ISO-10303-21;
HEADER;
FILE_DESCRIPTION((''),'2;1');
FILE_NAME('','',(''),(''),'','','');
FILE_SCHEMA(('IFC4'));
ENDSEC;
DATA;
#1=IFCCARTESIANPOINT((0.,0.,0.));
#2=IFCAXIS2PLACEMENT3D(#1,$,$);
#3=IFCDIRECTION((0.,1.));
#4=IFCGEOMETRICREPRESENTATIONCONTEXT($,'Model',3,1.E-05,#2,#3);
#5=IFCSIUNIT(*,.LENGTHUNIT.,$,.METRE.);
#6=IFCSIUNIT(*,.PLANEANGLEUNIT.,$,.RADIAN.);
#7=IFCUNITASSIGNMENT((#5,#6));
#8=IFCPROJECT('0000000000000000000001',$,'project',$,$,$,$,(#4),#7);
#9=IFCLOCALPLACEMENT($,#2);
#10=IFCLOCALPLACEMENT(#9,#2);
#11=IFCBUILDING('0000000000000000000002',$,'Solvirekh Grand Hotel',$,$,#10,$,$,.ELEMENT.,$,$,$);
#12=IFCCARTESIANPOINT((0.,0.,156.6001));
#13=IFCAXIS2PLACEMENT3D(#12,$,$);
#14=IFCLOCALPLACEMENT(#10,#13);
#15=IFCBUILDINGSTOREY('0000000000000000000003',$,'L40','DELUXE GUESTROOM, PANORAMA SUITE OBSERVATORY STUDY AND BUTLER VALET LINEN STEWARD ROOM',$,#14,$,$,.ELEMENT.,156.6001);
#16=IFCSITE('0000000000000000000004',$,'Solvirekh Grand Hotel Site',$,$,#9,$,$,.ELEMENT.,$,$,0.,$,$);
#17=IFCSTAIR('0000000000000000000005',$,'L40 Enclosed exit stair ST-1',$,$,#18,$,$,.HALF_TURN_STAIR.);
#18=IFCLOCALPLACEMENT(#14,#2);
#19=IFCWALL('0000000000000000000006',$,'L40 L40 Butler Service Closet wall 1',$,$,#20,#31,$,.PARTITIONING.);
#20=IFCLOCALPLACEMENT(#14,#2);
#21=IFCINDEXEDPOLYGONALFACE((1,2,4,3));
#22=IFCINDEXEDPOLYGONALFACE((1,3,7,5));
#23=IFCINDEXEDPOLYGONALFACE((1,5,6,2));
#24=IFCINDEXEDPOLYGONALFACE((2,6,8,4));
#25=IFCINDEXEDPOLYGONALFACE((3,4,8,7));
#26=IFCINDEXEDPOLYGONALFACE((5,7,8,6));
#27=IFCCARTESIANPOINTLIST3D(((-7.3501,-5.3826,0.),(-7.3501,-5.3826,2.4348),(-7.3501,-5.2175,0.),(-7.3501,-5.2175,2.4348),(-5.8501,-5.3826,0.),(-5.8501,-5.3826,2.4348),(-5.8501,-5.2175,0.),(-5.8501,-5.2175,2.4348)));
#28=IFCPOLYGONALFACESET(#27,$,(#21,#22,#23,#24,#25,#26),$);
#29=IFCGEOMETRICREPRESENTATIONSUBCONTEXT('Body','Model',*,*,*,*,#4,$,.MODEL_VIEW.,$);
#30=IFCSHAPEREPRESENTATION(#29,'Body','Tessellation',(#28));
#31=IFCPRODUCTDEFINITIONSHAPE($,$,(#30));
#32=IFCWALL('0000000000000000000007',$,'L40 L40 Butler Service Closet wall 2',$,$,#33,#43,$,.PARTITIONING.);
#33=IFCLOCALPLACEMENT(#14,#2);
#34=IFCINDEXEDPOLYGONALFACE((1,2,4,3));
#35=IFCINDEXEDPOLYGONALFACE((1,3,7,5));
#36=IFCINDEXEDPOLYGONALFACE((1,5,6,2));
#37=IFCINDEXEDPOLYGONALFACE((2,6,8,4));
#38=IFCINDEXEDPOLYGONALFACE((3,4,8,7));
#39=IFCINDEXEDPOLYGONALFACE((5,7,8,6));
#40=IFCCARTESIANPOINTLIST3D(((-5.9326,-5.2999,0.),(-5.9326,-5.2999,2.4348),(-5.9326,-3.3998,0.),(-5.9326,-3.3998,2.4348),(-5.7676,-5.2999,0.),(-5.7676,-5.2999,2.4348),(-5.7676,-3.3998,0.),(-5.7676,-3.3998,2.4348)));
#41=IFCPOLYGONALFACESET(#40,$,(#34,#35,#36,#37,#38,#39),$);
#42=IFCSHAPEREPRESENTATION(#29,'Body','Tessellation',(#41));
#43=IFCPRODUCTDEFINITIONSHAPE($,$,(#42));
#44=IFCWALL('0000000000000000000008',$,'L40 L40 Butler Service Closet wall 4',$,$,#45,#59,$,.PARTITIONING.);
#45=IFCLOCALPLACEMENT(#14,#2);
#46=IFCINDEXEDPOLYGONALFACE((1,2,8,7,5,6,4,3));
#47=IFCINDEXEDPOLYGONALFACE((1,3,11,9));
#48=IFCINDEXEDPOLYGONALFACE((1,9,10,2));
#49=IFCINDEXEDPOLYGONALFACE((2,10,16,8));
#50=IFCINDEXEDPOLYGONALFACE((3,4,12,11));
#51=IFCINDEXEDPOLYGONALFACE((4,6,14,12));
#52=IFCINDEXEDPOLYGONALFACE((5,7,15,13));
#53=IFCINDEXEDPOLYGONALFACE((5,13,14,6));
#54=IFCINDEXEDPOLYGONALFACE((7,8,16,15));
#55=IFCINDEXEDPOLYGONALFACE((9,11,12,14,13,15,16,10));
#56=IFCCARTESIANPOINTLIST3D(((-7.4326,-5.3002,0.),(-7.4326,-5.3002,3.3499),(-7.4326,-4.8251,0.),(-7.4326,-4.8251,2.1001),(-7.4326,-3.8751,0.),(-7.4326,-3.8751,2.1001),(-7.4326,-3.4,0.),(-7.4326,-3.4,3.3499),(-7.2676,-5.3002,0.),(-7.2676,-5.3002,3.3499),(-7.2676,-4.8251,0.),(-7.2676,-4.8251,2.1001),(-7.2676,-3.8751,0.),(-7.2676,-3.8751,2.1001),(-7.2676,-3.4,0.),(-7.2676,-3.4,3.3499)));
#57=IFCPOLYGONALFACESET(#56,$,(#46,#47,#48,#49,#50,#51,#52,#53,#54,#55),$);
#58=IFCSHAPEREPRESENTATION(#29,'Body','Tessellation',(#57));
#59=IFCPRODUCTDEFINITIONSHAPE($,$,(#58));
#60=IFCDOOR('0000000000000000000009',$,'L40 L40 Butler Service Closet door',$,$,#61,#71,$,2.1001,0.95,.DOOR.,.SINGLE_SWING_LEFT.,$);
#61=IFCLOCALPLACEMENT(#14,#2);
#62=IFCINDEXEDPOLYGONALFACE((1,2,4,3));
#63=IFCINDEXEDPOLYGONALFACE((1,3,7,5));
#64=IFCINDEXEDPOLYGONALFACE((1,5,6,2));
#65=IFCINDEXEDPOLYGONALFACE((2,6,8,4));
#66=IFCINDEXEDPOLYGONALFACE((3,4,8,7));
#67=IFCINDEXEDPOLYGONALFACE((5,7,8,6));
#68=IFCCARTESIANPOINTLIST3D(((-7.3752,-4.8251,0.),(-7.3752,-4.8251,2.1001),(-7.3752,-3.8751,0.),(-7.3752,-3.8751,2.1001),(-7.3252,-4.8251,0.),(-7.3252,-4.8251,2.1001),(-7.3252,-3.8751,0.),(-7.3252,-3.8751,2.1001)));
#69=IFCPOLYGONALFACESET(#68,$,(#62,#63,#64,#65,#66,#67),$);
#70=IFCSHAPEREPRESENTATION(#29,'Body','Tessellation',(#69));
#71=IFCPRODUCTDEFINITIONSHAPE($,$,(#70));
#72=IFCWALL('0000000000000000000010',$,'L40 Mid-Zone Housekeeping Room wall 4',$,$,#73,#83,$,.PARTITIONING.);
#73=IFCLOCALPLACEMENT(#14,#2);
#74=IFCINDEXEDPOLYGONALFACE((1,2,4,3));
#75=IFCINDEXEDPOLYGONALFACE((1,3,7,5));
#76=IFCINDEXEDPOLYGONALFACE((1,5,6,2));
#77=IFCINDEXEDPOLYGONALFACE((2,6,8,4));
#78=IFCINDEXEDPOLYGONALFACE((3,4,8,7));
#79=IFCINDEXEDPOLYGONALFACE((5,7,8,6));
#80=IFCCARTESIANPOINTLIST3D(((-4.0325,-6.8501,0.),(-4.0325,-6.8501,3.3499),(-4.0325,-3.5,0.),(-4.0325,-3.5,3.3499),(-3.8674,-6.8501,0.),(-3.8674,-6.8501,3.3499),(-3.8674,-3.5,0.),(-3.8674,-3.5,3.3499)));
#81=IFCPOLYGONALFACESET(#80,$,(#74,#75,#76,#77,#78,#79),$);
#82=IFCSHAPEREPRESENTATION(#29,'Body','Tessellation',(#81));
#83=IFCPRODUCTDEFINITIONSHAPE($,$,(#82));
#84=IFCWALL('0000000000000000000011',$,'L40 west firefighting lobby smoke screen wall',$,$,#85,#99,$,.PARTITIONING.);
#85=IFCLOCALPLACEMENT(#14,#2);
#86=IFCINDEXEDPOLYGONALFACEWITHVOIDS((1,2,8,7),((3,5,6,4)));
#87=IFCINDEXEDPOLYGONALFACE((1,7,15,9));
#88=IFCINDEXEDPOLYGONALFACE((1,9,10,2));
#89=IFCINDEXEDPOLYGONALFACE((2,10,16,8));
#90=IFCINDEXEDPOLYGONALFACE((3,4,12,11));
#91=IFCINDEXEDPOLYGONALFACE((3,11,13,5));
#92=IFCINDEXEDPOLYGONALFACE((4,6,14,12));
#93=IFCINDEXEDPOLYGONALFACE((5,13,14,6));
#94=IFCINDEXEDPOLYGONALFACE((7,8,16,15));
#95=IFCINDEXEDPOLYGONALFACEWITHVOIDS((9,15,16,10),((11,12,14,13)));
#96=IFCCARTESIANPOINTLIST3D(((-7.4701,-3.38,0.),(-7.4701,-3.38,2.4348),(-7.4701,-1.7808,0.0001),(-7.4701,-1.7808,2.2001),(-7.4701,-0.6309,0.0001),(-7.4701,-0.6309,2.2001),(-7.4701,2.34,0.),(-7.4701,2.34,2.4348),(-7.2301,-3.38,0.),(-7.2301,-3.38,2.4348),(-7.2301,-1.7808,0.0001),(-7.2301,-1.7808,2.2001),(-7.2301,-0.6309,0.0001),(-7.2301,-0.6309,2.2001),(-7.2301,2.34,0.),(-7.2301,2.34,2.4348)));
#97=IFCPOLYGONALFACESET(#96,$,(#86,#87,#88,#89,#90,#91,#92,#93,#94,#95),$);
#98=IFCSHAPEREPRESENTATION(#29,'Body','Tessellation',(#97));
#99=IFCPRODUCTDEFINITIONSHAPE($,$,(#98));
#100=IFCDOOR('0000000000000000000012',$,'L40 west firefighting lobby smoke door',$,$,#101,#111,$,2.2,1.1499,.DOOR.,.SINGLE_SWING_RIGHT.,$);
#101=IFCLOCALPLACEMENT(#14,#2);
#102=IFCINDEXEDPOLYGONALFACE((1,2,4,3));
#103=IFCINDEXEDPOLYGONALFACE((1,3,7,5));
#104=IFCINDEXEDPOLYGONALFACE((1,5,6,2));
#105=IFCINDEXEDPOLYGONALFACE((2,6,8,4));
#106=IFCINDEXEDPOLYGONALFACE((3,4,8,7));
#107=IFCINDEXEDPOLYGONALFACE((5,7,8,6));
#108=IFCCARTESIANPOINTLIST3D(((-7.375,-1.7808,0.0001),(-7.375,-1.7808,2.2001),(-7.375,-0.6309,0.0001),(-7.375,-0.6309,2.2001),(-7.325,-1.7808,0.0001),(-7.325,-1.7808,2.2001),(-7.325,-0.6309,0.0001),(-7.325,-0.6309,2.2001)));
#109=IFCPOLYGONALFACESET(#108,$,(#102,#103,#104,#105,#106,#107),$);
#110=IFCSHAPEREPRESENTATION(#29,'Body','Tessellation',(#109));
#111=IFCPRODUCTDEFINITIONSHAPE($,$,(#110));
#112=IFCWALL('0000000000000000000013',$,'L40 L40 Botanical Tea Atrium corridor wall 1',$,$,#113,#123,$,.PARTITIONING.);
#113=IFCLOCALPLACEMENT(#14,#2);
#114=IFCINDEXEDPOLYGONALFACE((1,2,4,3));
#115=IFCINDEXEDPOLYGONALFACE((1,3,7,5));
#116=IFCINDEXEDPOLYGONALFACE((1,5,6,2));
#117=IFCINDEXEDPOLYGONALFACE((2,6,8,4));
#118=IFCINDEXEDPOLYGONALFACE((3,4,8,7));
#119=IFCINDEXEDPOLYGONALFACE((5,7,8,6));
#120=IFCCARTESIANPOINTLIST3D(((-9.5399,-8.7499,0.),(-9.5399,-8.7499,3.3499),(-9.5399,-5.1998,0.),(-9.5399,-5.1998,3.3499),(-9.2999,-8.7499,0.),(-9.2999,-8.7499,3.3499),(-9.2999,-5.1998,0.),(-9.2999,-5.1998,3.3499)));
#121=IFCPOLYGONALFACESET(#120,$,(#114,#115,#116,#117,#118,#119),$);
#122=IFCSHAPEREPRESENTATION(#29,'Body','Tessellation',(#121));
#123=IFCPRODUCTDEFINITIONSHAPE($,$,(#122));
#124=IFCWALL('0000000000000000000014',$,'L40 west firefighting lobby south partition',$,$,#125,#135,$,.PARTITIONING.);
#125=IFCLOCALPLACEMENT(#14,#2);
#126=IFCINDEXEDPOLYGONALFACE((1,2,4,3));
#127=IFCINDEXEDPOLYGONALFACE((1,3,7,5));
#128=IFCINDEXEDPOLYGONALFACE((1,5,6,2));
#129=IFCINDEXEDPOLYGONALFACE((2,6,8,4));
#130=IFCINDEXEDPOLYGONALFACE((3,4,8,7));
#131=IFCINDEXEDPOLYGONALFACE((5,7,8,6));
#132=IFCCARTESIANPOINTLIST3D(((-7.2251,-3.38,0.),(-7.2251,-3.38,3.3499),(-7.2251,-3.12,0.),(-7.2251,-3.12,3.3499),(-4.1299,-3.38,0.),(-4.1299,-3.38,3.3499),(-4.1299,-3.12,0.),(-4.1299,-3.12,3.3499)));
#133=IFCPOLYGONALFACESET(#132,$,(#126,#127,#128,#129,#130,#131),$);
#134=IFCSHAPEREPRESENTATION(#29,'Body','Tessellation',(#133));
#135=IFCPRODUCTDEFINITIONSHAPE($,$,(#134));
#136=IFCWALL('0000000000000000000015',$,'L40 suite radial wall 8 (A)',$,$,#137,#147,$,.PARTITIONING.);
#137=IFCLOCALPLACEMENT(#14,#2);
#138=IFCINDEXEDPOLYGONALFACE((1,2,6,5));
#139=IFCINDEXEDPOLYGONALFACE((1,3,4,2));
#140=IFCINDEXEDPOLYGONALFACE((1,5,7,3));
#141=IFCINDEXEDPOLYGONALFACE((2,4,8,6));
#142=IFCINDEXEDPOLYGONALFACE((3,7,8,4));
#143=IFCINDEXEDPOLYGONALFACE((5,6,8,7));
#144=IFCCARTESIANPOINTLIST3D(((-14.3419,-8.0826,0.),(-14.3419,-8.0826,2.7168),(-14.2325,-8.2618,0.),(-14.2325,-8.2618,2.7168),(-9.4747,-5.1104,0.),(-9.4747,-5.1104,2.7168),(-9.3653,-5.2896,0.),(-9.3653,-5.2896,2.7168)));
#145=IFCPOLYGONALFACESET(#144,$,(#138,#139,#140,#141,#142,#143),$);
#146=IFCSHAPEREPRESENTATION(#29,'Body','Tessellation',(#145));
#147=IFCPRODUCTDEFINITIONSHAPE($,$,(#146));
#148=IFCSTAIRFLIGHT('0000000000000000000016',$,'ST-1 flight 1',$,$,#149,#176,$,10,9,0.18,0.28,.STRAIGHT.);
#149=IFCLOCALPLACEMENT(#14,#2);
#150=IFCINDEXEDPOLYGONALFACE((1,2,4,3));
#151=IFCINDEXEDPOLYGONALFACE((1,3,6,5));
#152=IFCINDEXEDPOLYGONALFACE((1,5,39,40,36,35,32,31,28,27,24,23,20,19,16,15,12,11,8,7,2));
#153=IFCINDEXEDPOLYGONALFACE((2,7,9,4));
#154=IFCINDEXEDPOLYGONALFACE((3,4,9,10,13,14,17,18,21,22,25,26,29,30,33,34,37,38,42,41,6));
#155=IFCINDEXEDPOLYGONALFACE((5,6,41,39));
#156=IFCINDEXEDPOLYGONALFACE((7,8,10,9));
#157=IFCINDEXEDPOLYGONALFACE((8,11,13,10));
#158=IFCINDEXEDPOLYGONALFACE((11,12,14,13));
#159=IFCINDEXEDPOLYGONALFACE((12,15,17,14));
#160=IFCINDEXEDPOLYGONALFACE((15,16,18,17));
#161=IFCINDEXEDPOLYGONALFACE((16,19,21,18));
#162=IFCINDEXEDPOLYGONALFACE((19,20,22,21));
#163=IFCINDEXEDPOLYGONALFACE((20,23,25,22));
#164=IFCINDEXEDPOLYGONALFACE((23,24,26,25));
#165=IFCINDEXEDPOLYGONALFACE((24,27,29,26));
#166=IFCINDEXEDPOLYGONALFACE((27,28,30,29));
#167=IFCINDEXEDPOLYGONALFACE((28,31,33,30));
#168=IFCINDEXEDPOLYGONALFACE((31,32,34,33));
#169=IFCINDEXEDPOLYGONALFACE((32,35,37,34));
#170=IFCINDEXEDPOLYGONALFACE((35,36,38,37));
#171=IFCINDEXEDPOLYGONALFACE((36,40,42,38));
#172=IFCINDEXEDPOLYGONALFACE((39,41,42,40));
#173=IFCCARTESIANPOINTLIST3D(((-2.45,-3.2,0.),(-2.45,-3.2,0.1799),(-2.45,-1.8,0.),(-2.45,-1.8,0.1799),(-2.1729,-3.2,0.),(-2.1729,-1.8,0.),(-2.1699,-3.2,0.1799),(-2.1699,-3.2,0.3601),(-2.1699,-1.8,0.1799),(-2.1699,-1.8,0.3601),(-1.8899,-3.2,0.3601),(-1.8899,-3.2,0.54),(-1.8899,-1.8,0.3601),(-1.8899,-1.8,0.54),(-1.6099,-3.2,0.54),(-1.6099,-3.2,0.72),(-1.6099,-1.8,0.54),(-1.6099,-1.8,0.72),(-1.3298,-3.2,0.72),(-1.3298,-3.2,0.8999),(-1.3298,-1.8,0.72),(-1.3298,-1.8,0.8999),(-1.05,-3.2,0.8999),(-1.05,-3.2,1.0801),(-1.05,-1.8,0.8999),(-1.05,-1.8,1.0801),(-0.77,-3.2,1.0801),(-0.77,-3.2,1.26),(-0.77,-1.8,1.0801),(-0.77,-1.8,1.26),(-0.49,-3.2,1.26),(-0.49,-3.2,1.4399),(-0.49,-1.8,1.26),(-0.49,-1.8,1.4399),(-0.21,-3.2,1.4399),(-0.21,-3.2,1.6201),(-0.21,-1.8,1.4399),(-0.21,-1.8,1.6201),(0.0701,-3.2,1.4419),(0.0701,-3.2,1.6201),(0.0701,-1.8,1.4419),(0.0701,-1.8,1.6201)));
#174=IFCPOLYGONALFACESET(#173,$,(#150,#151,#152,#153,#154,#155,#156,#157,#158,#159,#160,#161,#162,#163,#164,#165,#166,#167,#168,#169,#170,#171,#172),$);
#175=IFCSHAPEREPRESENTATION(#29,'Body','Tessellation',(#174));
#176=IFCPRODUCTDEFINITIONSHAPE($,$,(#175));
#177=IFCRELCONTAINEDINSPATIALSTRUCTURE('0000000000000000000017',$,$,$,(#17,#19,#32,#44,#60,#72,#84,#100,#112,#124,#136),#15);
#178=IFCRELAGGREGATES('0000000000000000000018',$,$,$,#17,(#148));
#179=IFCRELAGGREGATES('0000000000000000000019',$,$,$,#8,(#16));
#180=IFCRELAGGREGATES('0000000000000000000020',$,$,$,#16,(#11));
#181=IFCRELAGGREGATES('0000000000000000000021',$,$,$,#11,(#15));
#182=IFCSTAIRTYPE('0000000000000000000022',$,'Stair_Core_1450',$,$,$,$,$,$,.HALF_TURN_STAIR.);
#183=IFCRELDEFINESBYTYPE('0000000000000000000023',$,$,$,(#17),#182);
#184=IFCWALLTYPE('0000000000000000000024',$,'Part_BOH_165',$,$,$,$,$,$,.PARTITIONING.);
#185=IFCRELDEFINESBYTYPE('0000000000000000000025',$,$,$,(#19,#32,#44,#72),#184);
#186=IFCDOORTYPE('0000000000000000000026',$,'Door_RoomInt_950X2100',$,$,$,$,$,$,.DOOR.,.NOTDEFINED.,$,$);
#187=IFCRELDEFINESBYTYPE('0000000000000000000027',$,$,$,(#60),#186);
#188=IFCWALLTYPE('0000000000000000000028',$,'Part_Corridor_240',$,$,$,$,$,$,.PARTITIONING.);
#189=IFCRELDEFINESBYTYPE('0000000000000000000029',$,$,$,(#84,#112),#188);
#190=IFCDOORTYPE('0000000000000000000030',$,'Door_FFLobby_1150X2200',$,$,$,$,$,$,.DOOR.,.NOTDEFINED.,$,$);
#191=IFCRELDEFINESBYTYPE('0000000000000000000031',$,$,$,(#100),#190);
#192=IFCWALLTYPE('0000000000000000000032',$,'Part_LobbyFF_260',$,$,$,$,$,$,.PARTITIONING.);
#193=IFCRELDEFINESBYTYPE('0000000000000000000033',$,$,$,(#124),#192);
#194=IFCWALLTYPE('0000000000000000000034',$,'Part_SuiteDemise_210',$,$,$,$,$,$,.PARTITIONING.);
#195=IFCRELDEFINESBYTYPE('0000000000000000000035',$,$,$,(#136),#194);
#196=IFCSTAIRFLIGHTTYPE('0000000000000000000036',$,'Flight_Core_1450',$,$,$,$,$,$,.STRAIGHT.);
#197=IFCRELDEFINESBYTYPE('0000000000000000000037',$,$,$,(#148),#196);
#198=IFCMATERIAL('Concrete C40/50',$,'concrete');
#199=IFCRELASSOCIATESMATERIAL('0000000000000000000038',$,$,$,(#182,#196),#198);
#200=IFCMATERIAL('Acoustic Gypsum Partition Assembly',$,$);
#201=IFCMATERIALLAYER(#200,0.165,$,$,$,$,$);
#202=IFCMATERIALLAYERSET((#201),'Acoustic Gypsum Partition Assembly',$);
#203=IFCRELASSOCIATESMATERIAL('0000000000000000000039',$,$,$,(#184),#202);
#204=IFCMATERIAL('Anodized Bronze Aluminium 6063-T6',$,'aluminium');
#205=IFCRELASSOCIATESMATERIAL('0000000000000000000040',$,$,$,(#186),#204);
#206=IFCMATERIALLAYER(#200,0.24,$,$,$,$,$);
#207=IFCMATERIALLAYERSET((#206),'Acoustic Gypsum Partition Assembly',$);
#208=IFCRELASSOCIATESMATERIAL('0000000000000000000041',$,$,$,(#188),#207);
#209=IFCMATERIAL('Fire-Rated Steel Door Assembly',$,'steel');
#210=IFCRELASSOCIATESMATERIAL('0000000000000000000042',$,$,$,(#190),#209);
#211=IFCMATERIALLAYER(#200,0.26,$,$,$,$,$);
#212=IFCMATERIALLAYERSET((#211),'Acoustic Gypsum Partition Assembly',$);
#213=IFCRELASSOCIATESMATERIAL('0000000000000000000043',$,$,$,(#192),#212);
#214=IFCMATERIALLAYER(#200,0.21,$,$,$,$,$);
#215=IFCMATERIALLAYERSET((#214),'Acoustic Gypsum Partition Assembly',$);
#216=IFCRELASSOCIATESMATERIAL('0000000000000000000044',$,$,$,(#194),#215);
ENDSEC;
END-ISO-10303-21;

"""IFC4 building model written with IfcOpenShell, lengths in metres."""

from ifc_helpers import new_model, si_unit, direction, frame, frame_2d, origin, place, context, subcontext, project, spatial, polyline, rectangle, outline, extrude, material, layer, layer_set, type_object, element, fill, aggregate, save


model = new_model("IFC4")

# Units and contexts
model_context = context("Model", 3, precision=1e-05, world=origin(), true_north=direction((0.0, 1.0)))
body_context = subcontext(model_context, "Body", "Model", "MODEL_VIEW")
ifc_project = project(units=[si_unit("LENGTHUNIT", "METRE"), si_unit("PLANEANGLEUNIT", "RADIAN")], contexts=[model_context])

# Site, building, storey
site_placement = place(None, origin())
site = spatial("IfcSite", under=ifc_project, at=site_placement, Name="Solvirekh Grand Hotel Site", CompositionType="ELEMENT", RefElevation=0.0)
building_placement = place(site_placement, origin())
building = spatial("IfcBuilding", under=site, at=building_placement, Name="Solvirekh Grand Hotel", CompositionType="ELEMENT")
storey_placement = place(building_placement, frame((0.0, 0.0, 156.6001)))
storey = spatial("IfcBuildingStorey", under=building, at=storey_placement, Name="L40", Description="DELUXE GUESTROOM, PANORAMA SUITE OBSERVATORY STUDY AND BUTLER VALET LINEN STEWARD ROOM", CompositionType="ELEMENT", Elevation=156.6001)

# Shared definitions
ifc_material_1 = material(Name="Anodized Bronze Aluminium 6063-T6", Category="aluminium")

# Stair
ifc_material_2 = material(Name="Concrete C40/50", Category="concrete")
stair_type = type_object("IfcStairType", Name="Stair_Core_1450", PredefinedType="HALF_TURN_STAIR", material=ifc_material_2)
stair_1_placement = place(storey_placement, origin())
stair_1 = element("IfcStair", 1, at=stair_1_placement, inside=storey, type_object=stair_type, Name="L40 Enclosed exit stair ST-1", PredefinedType="HALF_TURN_STAIR")

# Shared definitions
ifc_material_3 = material(Name="Fire-Rated Steel Door Assembly", Category="steel")

# Walls
ifc_material_4 = material(Name="Acoustic Gypsum Partition Assembly")
ifc_layer_1 = layer(ifc_material_4, 0.165)
ifc_layer_set_1 = layer_set([ifc_layer_1], Name="Acoustic Gypsum Partition Assembly")
wall_type_1 = type_object("IfcWallType", Name="Part_BOH_165", PredefinedType="PARTITIONING", material=ifc_layer_set_1)
wall_1_placement = place(storey_placement, frame((-7.3501, -5.3, 0.0), z_axis=(0.0, 0.0, 1.0), x_axis=(1.0, 0.0, 0.0)))
element("IfcWall", 2, at=wall_1_placement, inside=storey, type_object=wall_type_1, Name="L40 L40 Butler Service Closet wall 1", PredefinedType="PARTITIONING", context=body_context, shape_type="SweptSolid", body=[
    extrude(rectangle(XDim=1.5, YDim=0.165, at=frame_2d((0.75, 0.0))), origin(), (0.0, 0.0, 1.0), 2.4348),
])
wall_2_placement = place(storey_placement, frame((-5.8501, -5.3, 0.0), z_axis=(0.0, 0.0, 1.0), x_axis=(0.0, 1.0, 0.0)))
element("IfcWall", 3, at=wall_2_placement, inside=storey, type_object=wall_type_1, Name="L40 L40 Butler Service Closet wall 2", PredefinedType="PARTITIONING", context=body_context, shape_type="SweptSolid", body=[
    extrude(rectangle(XDim=1.9001, YDim=0.165, at=frame_2d((0.9502, 0.0))), origin(), (0.0, 0.0, 1.0), 2.4348),
])

# Wall, opening, door
wall_3_placement = place(storey_placement, frame((-7.3501, -3.3999, 0.0), z_axis=(0.0, 0.0, 1.0), x_axis=(0.0, -1.0, 0.0)))
wall_3 = element("IfcWall", 4, at=wall_3_placement, inside=storey, type_object=wall_type_1, Name="L40 L40 Butler Service Closet wall 4", PredefinedType="PARTITIONING", context=body_context, shape_type="SweptSolid", body=[
    extrude(rectangle(XDim=1.9001, YDim=0.165, at=frame_2d((0.9502, 0.0))), origin(), (0.0, 0.0, 1.0), 3.3499),
])
opening_1_placement = place(wall_3_placement, frame((0.4751, 0.0, 0.0)))
opening_1 = element("IfcOpeningElement", 5, at=opening_1_placement, cuts=wall_3, PredefinedType="OPENING", context=body_context, shape_type="SweptSolid", body=[
    extrude(rectangle(XDim=0.95, YDim=2.1001, at=frame_2d((0.4751, 1.05))), frame((0.0, 0.0925, 0.0), z_axis=(0.0, -1.0, 0.0), x_axis=(1.0, 0.0, 0.0)), (0.0, 0.0, 1.0), 0.1851),
])
door_type_1 = type_object("IfcDoorType", Name="Door_RoomInt_950X2100", OperationType="NOTDEFINED", PredefinedType="DOOR", material=ifc_material_1)
door_1_placement = place(opening_1_placement, origin())
door_1 = element("IfcDoor", 6, at=door_1_placement, inside=storey, type_object=door_type_1, Name="L40 L40 Butler Service Closet door", OperationType="SINGLE_SWING_LEFT", OverallHeight=2.1001, OverallWidth=0.95, PredefinedType="DOOR", context=body_context, shape_type="SweptSolid", body=[
    extrude(rectangle(XDim=0.95, YDim=2.1001, at=frame_2d((0.4751, 1.05))), frame((0.0, 0.0249, 0.0), z_axis=(0.0, -1.0, 0.0), x_axis=(1.0, 0.0, 0.0)), (0.0, 0.0, 1.0), 0.05),
])
fill(opening_1, door_1)

# Wall
wall_4_placement = place(storey_placement, frame((-3.95, -3.5, 0.0), z_axis=(0.0, 0.0, 1.0), x_axis=(0.0, -1.0, 0.0)))
element("IfcWall", 7, at=wall_4_placement, inside=storey, type_object=wall_type_1, Name="L40 Mid-Zone Housekeeping Room wall 4", PredefinedType="PARTITIONING", context=body_context, shape_type="SweptSolid", body=[
    extrude(rectangle(XDim=3.3501, YDim=0.165, at=frame_2d((1.675, 0.0))), origin(), (0.0, 0.0, 1.0), 3.3499),
])

# Wall, opening, door
ifc_layer_2 = layer(ifc_material_4, 0.24)
ifc_layer_set_2 = layer_set([ifc_layer_2], Name="Acoustic Gypsum Partition Assembly")
wall_type_2 = type_object("IfcWallType", Name="Part_Corridor_240", PredefinedType="PARTITIONING", material=ifc_layer_set_2)
wall_5_placement = place(storey_placement, frame((-7.3501, -3.3799, 0.0), z_axis=(0.0, 0.0, 1.0), x_axis=(0.0, 1.0, 0.0)))
wall_5 = element("IfcWall", 8, at=wall_5_placement, inside=storey, type_object=wall_type_2, Name="L40 west firefighting lobby smoke screen wall", PredefinedType="PARTITIONING", context=body_context, shape_type="SweptSolid", body=[
    extrude(rectangle(XDim=5.72, YDim=0.24, at=frame_2d((2.8599, 0.0))), origin(), (0.0, 0.0, 1.0), 2.4348),
])
opening_2_placement = place(wall_5_placement, frame((1.5991, 0.0, 0.0)))
opening_2 = element("IfcOpeningElement", 9, at=opening_2_placement, cuts=wall_5, PredefinedType="OPENING", context=body_context, shape_type="SweptSolid", body=[
    extrude(rectangle(XDim=1.1499, YDim=2.2, at=frame_2d((0.575, 1.1001))), frame((0.0, 0.1299, 0.0), z_axis=(0.0, -1.0, 0.0), x_axis=(1.0, 0.0, 0.0)), (0.0, 0.0, 1.0), 0.26),
])
door_type_2 = type_object("IfcDoorType", Name="Door_FFLobby_1150X2200", OperationType="NOTDEFINED", PredefinedType="DOOR", material=ifc_material_3)
door_2_placement = place(opening_2_placement, origin())
door_2 = element("IfcDoor", 10, at=door_2_placement, inside=storey, type_object=door_type_2, Name="L40 west firefighting lobby smoke door", OperationType="SINGLE_SWING_RIGHT", OverallHeight=2.2, OverallWidth=1.1499, PredefinedType="DOOR", context=body_context, shape_type="SweptSolid", body=[
    extrude(rectangle(XDim=1.1499, YDim=2.2, at=frame_2d((0.575, 1.1001))), frame((0.0, 0.0249, 0.0), z_axis=(0.0, -1.0, 0.0), x_axis=(1.0, 0.0, 0.0)), (0.0, 0.0, 1.0), 0.05),
])
fill(opening_2, door_2)

# Walls
wall_6_placement = place(storey_placement, frame((-9.4199, -5.2, 0.0), z_axis=(0.0, 0.0, 1.0), x_axis=(0.0, -1.0, 0.0)))
element("IfcWall", 11, at=wall_6_placement, inside=storey, type_object=wall_type_2, Name="L40 L40 Botanical Tea Atrium corridor wall 1", PredefinedType="PARTITIONING", context=body_context, shape_type="SweptSolid", body=[
    extrude(rectangle(XDim=3.55, YDim=0.24, at=frame_2d((1.7749, 0.0))), origin(), (0.0, 0.0, 1.0), 3.3499),
])
ifc_layer_3 = layer(ifc_material_4, 0.26)
ifc_layer_set_3 = layer_set([ifc_layer_3], Name="Acoustic Gypsum Partition Assembly")
wall_type_3 = type_object("IfcWallType", Name="Part_LobbyFF_260", PredefinedType="PARTITIONING", material=ifc_layer_set_3)
wall_7_placement = place(storey_placement, frame((-7.2251, -3.25, 0.0), z_axis=(0.0, 0.0, 1.0), x_axis=(1.0, 0.0, 0.0)))
element("IfcWall", 12, at=wall_7_placement, inside=storey, type_object=wall_type_3, Name="L40 west firefighting lobby south partition", PredefinedType="PARTITIONING", context=body_context, shape_type="SweptSolid", body=[
    extrude(rectangle(XDim=3.0952, YDim=0.26, at=frame_2d((1.5476, 0.0))), origin(), (0.0, 0.0, 1.0), 3.3499),
])
ifc_layer_4 = layer(ifc_material_4, 0.21)
ifc_layer_set_4 = layer_set([ifc_layer_4], Name="Acoustic Gypsum Partition Assembly")
wall_type_4 = type_object("IfcWallType", Name="Part_SuiteDemise_210", PredefinedType="PARTITIONING", material=ifc_layer_set_4)
wall_8_placement = place(storey_placement, frame((-9.4199, -5.2, 0.0), z_axis=(0.0, 0.0, 1.0), x_axis=(-0.853455, -0.521166, 0.0)))
element("IfcWall", 13, at=wall_8_placement, inside=storey, type_object=wall_type_4, Name="L40 suite radial wall 8 (A)", PredefinedType="PARTITIONING", context=body_context, shape_type="SweptSolid", body=[
    extrude(rectangle(XDim=5.7029, YDim=0.21, at=frame_2d((2.8516, 0.0))), origin(), (0.0, 0.0, 1.0), 2.7168),
])

# Stair flight
stair_flight_type = type_object("IfcStairFlightType", Name="Flight_Core_1450", PredefinedType="STRAIGHT", material=ifc_material_2)
stair_flight_placement = place(storey_placement, frame((-2.45, -2.5, 0.0), z_axis=(0.0, 0.0, 1.0), x_axis=(1.0, 0.0, 0.0)))
stair_flight = element("IfcStairFlight", 14, at=stair_flight_placement, type_object=stair_flight_type, Name="ST-1 flight 1", NumberOfRisers=10, NumberOfTreads=9, PredefinedType="STRAIGHT", RiserHeight=0.18, TreadLength=0.28, context=body_context, shape_type="SweptSolid", body=[
    extrude(outline(polyline([(0.0, 0.0), (0.0, 0.1799), (0.28, 0.1799), (0.28, 0.3601), (0.5601, 0.3601), (0.5601, 0.54), (0.8401, 0.54), (0.8401, 0.72), (1.1201, 0.72), (1.1201, 0.8999), (1.3999, 0.8999), (1.3999, 1.0801), (1.6799, 1.0801), (1.6799, 1.26), (1.96, 1.26), (1.96, 1.4399), (2.24, 1.4399), (2.24, 1.6201), (2.52, 1.6201), (2.52, 1.8), (2.52, 1.4419), (0.2771, 0.0), (0.0, 0.0)])), frame((0.0, 0.7, 0.0), z_axis=(0.0, -1.0, 0.0), x_axis=(1.0, 0.0, 0.0)), (0.0, 0.0, 1.0), 1.3999),
])
aggregate(stair_1, [stair_flight])

save(model, "model.ifc")
